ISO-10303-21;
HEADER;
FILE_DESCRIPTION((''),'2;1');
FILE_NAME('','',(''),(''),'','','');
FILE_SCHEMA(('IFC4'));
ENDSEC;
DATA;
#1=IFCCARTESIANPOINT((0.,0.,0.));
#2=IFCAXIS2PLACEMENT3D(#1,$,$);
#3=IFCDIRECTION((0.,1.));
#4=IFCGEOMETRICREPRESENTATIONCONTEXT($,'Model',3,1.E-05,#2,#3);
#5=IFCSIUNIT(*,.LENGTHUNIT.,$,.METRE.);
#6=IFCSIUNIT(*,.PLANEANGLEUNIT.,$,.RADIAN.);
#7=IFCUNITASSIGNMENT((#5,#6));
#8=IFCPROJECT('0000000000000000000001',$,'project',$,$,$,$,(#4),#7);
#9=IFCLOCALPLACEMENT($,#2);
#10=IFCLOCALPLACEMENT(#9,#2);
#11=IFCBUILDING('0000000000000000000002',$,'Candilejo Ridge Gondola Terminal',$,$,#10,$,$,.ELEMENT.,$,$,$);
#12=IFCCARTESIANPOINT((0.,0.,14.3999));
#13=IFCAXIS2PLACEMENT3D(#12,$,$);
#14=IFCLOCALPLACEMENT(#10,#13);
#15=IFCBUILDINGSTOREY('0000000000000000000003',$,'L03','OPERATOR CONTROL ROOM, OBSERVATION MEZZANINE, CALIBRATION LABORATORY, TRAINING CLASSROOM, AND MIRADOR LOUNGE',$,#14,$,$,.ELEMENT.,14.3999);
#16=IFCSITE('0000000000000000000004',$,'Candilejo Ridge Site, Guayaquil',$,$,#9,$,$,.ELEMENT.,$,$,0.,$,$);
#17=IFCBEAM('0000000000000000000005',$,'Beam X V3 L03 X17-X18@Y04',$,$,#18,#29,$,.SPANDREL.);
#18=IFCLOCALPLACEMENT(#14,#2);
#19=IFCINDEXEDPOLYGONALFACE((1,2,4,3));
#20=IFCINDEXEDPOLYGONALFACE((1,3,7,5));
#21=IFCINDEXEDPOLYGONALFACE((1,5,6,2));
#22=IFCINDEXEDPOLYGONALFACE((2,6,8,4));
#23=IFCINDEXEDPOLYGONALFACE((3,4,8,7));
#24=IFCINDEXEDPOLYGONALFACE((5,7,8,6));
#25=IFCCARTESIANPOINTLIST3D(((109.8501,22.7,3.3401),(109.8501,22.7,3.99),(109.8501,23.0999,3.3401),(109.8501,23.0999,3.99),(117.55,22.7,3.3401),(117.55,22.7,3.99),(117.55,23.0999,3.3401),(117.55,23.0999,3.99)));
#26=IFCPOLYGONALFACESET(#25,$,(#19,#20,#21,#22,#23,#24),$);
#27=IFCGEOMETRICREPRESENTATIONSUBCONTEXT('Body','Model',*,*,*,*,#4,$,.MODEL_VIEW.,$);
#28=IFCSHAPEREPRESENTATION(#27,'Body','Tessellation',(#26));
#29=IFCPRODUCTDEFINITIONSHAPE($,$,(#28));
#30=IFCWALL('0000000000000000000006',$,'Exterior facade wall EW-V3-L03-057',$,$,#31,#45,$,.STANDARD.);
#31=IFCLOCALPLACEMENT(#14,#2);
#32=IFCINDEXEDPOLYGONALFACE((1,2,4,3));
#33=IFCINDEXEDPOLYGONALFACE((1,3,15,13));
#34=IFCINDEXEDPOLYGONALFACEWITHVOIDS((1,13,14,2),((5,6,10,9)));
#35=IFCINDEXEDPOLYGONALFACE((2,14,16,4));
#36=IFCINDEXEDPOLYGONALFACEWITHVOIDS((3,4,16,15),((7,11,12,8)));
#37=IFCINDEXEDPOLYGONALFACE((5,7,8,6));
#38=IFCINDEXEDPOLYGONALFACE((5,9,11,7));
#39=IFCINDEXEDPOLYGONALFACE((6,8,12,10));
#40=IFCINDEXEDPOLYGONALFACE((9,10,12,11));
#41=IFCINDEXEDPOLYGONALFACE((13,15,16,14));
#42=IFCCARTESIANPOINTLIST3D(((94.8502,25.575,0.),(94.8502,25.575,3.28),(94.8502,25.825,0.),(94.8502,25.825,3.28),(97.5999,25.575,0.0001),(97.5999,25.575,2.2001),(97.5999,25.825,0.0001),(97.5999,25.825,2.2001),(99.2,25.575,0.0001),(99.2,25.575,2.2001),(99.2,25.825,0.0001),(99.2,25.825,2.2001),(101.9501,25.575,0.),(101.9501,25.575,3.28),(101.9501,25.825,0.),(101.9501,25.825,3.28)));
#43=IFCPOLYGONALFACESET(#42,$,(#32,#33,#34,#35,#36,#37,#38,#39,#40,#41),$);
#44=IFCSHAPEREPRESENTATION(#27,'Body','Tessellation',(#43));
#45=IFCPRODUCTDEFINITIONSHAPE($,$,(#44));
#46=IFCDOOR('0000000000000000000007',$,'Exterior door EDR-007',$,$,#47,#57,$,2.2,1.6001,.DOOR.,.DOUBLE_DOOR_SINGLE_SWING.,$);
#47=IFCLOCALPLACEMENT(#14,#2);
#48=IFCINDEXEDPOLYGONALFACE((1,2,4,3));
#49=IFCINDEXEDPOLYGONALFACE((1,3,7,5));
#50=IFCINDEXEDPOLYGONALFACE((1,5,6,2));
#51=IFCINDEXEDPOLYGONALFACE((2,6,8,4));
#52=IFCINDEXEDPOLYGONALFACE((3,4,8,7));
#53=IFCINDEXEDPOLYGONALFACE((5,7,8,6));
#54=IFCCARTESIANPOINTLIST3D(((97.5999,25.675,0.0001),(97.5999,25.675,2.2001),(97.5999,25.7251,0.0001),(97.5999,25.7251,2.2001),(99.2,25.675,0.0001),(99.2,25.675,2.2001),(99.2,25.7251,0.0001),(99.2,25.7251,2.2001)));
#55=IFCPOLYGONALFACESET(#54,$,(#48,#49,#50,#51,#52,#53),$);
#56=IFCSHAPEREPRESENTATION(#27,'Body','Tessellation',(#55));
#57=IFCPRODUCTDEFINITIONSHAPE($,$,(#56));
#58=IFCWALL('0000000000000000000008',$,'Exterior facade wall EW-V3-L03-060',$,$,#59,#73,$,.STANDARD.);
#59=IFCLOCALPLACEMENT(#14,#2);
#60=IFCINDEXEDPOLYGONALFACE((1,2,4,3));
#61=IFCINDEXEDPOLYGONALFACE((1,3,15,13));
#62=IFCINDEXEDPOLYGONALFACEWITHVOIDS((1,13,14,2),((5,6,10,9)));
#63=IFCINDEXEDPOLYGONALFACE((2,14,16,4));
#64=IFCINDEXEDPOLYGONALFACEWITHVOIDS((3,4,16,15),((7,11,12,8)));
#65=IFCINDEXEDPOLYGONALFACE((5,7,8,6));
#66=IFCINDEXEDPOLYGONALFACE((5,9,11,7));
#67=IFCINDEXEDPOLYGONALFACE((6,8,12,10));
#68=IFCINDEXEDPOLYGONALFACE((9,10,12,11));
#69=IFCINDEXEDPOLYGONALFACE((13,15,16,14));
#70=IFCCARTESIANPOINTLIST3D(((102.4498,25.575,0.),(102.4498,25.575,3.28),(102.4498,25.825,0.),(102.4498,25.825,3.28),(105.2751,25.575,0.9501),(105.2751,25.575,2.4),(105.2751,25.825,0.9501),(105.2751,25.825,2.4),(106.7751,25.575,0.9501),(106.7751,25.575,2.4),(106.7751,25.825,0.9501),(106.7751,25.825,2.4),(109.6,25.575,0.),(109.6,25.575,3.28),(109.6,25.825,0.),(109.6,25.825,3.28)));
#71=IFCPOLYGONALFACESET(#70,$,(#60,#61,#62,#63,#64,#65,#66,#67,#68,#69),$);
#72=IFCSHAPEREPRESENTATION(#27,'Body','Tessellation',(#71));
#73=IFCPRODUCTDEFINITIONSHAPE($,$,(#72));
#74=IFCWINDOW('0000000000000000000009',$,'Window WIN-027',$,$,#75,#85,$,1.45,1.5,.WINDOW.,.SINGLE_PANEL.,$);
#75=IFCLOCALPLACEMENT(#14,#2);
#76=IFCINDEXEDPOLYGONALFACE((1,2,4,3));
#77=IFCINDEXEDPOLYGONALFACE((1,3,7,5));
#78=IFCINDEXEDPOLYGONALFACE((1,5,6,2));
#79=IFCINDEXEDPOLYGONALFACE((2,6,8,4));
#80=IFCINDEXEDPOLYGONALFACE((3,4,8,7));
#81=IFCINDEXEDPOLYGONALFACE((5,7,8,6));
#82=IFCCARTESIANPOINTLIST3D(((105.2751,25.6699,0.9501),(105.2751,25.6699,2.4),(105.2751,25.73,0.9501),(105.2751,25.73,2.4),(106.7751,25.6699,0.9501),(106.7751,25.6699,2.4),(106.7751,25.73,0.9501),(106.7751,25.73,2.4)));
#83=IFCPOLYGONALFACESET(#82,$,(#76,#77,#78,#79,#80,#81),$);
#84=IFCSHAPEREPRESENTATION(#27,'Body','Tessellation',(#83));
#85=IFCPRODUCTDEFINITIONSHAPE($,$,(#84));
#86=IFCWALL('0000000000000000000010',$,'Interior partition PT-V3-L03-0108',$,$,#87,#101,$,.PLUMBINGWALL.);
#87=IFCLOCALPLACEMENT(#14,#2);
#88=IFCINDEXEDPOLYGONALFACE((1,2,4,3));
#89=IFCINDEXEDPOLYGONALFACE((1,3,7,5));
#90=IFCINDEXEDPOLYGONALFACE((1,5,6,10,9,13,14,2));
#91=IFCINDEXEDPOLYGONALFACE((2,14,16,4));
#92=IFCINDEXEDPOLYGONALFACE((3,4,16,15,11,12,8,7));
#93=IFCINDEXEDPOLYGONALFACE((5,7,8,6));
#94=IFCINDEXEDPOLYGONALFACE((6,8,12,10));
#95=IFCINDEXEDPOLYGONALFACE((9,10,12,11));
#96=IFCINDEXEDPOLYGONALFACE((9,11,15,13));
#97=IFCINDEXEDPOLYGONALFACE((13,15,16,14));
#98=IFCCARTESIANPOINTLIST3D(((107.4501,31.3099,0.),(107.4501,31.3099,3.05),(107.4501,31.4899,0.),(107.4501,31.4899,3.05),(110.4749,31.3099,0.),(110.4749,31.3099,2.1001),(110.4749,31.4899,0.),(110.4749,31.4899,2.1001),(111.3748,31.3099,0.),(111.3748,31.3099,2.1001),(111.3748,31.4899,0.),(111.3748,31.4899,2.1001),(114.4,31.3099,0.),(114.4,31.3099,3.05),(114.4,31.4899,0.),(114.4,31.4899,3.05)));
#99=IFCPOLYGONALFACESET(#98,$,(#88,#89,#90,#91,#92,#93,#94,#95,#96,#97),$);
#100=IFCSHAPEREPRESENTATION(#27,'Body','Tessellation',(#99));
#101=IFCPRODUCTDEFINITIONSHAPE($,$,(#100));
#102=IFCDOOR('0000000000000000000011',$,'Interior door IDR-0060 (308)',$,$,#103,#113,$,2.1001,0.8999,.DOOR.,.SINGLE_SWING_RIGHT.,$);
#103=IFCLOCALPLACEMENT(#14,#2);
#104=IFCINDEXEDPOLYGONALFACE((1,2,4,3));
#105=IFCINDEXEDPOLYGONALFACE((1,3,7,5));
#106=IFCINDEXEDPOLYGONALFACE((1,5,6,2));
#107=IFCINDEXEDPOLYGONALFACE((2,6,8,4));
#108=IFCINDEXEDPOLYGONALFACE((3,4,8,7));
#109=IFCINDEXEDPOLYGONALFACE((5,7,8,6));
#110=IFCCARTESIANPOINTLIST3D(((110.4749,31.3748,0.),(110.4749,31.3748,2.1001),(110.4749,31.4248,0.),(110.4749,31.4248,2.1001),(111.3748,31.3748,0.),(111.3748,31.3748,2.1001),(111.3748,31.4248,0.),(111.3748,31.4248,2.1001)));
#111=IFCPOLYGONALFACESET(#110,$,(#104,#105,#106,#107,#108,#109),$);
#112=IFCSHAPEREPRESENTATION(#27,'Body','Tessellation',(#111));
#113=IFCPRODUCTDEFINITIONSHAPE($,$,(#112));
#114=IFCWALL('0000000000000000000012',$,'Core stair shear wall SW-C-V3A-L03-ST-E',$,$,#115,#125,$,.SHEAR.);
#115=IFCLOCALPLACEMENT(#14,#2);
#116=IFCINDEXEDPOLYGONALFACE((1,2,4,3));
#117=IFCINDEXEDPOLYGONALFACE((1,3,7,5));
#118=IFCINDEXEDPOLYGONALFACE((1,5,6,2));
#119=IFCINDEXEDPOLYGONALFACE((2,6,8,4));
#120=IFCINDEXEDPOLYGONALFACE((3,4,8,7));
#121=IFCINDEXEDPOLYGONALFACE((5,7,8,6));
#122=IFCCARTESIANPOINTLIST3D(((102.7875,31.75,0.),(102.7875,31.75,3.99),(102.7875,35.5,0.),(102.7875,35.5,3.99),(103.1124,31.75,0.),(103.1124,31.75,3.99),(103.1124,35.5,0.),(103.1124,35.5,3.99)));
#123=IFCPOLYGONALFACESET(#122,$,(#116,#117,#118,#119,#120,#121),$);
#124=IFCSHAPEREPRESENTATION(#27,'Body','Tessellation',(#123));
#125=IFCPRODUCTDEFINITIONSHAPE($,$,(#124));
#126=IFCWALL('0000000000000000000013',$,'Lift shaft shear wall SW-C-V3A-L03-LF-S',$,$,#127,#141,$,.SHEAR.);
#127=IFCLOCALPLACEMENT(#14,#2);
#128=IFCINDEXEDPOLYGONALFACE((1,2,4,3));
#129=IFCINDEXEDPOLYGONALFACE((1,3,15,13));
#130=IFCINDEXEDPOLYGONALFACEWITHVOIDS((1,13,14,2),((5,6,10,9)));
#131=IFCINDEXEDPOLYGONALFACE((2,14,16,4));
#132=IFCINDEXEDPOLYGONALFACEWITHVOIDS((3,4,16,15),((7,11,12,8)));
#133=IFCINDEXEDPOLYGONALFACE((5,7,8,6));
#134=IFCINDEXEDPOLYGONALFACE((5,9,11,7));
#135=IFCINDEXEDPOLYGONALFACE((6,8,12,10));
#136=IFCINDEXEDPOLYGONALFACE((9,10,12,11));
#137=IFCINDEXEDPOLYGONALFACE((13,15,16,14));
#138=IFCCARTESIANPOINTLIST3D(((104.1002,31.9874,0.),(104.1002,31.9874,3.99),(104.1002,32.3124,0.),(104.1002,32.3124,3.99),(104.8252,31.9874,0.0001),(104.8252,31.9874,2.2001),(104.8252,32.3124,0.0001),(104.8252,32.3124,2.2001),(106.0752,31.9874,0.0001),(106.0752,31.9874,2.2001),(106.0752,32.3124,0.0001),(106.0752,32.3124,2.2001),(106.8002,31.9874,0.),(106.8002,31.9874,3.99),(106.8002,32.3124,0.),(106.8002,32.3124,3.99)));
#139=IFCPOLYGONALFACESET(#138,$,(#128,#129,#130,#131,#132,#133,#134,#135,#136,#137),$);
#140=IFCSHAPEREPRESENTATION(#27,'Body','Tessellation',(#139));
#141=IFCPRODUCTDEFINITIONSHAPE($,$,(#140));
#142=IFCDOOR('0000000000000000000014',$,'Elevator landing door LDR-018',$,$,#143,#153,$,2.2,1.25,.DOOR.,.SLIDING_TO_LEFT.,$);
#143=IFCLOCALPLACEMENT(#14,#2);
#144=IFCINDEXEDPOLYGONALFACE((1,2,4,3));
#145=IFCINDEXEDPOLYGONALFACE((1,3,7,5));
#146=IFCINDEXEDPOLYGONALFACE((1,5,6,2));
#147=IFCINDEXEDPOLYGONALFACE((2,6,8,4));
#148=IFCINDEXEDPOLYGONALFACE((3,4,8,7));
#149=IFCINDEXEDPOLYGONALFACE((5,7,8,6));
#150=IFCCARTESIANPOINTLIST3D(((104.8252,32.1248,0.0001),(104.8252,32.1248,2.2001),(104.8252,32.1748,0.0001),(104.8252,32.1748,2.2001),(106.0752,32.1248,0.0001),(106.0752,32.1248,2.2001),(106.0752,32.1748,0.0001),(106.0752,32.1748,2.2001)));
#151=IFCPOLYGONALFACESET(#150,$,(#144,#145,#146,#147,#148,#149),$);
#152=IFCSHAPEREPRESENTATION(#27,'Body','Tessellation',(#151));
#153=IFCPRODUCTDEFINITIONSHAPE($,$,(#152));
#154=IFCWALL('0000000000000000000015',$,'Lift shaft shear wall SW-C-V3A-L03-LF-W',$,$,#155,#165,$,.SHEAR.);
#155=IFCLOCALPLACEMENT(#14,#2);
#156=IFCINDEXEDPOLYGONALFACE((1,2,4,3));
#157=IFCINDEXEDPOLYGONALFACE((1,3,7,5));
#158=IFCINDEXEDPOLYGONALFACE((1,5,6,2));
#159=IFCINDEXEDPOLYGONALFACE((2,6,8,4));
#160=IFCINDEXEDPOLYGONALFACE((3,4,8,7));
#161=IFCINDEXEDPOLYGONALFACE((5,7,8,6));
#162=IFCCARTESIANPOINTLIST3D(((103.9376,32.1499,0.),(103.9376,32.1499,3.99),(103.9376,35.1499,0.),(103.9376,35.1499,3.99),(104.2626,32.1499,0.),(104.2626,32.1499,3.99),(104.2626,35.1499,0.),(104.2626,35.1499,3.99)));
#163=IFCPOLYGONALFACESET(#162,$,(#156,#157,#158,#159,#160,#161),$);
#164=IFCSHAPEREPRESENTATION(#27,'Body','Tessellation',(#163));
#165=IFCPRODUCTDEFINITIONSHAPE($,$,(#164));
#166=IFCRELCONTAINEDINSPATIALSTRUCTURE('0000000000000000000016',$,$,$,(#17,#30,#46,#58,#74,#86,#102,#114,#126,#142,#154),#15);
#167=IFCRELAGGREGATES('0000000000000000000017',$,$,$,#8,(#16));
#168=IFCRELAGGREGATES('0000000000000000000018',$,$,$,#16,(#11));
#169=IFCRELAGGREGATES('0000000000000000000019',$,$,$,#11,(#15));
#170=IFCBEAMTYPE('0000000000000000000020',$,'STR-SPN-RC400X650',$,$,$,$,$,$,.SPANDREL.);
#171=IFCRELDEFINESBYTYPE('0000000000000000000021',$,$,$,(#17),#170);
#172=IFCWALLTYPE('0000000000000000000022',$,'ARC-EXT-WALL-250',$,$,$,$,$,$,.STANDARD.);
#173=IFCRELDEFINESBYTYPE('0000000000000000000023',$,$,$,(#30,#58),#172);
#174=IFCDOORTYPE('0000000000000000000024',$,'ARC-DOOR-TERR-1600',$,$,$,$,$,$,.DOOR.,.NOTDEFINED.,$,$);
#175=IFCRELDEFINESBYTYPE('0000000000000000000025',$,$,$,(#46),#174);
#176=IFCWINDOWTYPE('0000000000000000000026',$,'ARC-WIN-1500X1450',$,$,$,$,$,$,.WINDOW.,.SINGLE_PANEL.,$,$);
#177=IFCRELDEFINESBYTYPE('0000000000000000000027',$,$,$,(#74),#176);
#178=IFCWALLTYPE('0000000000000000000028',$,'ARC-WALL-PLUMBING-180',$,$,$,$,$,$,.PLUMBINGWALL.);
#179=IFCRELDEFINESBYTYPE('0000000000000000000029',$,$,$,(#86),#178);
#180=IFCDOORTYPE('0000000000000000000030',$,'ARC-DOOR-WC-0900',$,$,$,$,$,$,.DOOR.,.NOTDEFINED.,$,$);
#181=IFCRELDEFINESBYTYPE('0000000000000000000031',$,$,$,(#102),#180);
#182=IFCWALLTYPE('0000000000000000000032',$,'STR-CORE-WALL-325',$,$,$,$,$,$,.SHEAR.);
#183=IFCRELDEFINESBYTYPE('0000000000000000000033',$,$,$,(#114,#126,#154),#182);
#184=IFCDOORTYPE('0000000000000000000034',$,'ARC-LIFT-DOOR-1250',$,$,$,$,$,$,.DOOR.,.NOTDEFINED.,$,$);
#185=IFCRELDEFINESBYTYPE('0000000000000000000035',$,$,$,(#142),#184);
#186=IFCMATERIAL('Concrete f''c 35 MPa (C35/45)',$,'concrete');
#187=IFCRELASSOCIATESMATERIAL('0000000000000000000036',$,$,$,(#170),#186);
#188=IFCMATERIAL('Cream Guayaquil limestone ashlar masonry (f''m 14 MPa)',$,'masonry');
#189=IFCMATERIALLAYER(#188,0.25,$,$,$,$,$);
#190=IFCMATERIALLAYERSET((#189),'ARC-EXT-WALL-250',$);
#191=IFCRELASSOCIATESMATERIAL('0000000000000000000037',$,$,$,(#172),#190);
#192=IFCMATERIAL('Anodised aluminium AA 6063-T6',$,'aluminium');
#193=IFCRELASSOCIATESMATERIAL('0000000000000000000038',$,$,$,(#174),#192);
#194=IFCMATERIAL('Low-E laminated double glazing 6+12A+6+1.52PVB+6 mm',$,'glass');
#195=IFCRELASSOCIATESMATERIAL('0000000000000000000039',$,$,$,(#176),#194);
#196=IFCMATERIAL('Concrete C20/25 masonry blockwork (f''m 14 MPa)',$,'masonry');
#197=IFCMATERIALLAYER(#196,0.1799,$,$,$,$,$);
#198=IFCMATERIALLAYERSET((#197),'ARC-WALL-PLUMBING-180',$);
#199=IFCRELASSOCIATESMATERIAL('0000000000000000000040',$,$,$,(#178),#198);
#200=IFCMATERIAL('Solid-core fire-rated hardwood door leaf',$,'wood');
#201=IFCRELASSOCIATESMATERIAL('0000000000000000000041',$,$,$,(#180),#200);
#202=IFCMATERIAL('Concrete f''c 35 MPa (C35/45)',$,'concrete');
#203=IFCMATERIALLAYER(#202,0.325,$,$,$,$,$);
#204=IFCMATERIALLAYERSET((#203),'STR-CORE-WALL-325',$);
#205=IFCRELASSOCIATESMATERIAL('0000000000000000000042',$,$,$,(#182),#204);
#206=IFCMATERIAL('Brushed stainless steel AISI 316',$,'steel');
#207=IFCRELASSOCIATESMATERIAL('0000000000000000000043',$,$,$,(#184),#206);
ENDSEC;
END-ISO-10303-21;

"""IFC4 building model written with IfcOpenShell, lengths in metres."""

from ifc_helpers import new_model, si_unit, direction, frame, frame_2d, origin, origin_2d, place, context, subcontext, project, spatial, rectangle, extrude, material, layer, layer_set, material_profile, profile_set, type_object, element, fill, save


model = new_model("IFC4")

# Units and contexts
model_context = context("Model", 3, precision=1e-05, world=origin(), true_north=direction((0.0, 1.0)))
body_context = subcontext(model_context, "Body", "Model", "MODEL_VIEW")
ifc_project = project(units=[si_unit("LENGTHUNIT", "METRE"), si_unit("PLANEANGLEUNIT", "RADIAN")], contexts=[model_context])

# Site, building, storey
site_placement = place(None, origin())
site = spatial("IfcSite", under=ifc_project, at=site_placement, Name="Candilejo Ridge Site, Guayaquil", CompositionType="ELEMENT", RefElevation=0.0)
building_placement = place(site_placement, origin())
building = spatial("IfcBuilding", under=site, at=building_placement, Name="Candilejo Ridge Gondola Terminal", CompositionType="ELEMENT")
storey_placement = place(building_placement, frame((0.0, 0.0, 14.3999)))
storey = spatial("IfcBuildingStorey", under=building, at=storey_placement, Name="L03", Description="OPERATOR CONTROL ROOM, OBSERVATION MEZZANINE, CALIBRATION LABORATORY, TRAINING CLASSROOM, AND MIRADOR LOUNGE", CompositionType="ELEMENT", Elevation=14.3999)

# Beam
ifc_material_1 = material(Name="Concrete f'c 35 MPa (C35/45)", Category="concrete")
ifc_material_profile_1 = material_profile(ifc_material_1, rectangle(XDim=0.3999, YDim=0.6499, at=origin_2d()))
ifc_profile_set_1 = profile_set([ifc_material_profile_1], Name="Concrete f'c 35 MPa (C35/45)")
beam_type_1 = type_object("IfcBeamType", Name="STR-SPN-RC400X650", PredefinedType="SPANDREL", material=ifc_profile_set_1)
beam_1_placement = place(storey_placement, frame((109.8501, 22.8999, 3.665), z_axis=(1.0, 0.0, 0.0), x_axis=(0.0, 1.0, 0.0)))
element("IfcBeam", 1, at=beam_1_placement, inside=storey, type_object=beam_type_1, Name="Beam X V3 L03 X17-X18@Y04", PredefinedType="SPANDREL", context=body_context, shape_type="SweptSolid", body=[
    extrude(rectangle(XDim=0.3999, YDim=0.6499, at=origin_2d()), origin(), (0.0, 0.0, 1.0), 7.7),
])

# Wall, opening, door
ifc_material_2 = material(Name="Cream Guayaquil limestone ashlar masonry (f'm 14 MPa)", Category="masonry")
ifc_layer_1 = layer(ifc_material_2, 0.25)
ifc_layer_set_1 = layer_set([ifc_layer_1], Name="ARC-EXT-WALL-250")
wall_type_1 = type_object("IfcWallType", Name="ARC-EXT-WALL-250", PredefinedType="STANDARD", material=ifc_layer_set_1)
wall_1_placement = place(storey_placement, frame((101.95, 25.7, 0.0), z_axis=(0.0, 0.0, 1.0), x_axis=(-1.0, 0.0, 0.0)))
wall_1 = element("IfcWall", 2, at=wall_1_placement, inside=storey, type_object=wall_type_1, Name="Exterior facade wall EW-V3-L03-057", PredefinedType="STANDARD", context=body_context, shape_type="SweptSolid", body=[
    extrude(rectangle(XDim=7.0999, YDim=0.25, at=frame_2d((3.5498, 0.0))), origin(), (0.0, 0.0, 1.0), 3.28),
])
opening_1_placement = place(wall_1_placement, frame((2.75, 0.0, 0.0)))
opening_1 = element("IfcOpeningElement", 3, at=opening_1_placement, cuts=wall_1, PredefinedType="OPENING", context=body_context, shape_type="SweptSolid", body=[
    extrude(rectangle(XDim=1.6001, YDim=2.2, at=frame_2d((0.8, 1.1001))), frame((0.0, 0.135, 0.0), z_axis=(0.0, -1.0, 0.0), x_axis=(1.0, 0.0, 0.0)), (0.0, 0.0, 1.0), 0.27),
])
ifc_material_3 = material(Name="Anodised aluminium AA 6063-T6", Category="aluminium")
door_type_1 = type_object("IfcDoorType", Name="ARC-DOOR-TERR-1600", OperationType="NOTDEFINED", PredefinedType="DOOR", material=ifc_material_3)
door_1_placement = place(opening_1_placement, origin())
door_1 = element("IfcDoor", 4, at=door_1_placement, inside=storey, type_object=door_type_1, Name="Exterior door EDR-007", OperationType="DOUBLE_DOOR_SINGLE_SWING", OverallHeight=2.2, OverallWidth=1.6001, PredefinedType="DOOR", context=body_context, shape_type="SweptSolid", body=[
    extrude(rectangle(XDim=1.6001, YDim=2.2, at=frame_2d((0.8, 1.1001))), frame((0.0, 0.0249, 0.0), z_axis=(0.0, -1.0, 0.0), x_axis=(1.0, 0.0, 0.0)), (0.0, 0.0, 1.0), 0.05),
])
fill(opening_1, door_1)

# Wall, opening, window
wall_2_placement = place(storey_placement, frame((109.6001, 25.7, 0.0), z_axis=(0.0, 0.0, 1.0), x_axis=(-1.0, 0.0, 0.0)))
wall_2 = element("IfcWall", 5, at=wall_2_placement, inside=storey, type_object=wall_type_1, Name="Exterior facade wall EW-V3-L03-060", PredefinedType="STANDARD", context=body_context, shape_type="SweptSolid", body=[
    extrude(rectangle(XDim=7.1501, YDim=0.25, at=frame_2d((3.5752, 0.0))), origin(), (0.0, 0.0, 1.0), 3.28),
])
opening_2_placement = place(wall_2_placement, frame((2.825, 0.0, 0.95)))
opening_2 = element("IfcOpeningElement", 6, at=opening_2_placement, cuts=wall_2, PredefinedType="OPENING", context=body_context, shape_type="SweptSolid", body=[
    extrude(rectangle(XDim=1.5, YDim=1.45, at=frame_2d((0.75, 0.7251))), frame((0.0, 0.135, 0.0), z_axis=(0.0, -1.0, 0.0), x_axis=(1.0, 0.0, 0.0)), (0.0, 0.0, 1.0), 0.27),
])
ifc_material_4 = material(Name="Low-E laminated double glazing 6+12A+6+1.52PVB+6 mm", Category="glass")
window_type = type_object("IfcWindowType", Name="ARC-WIN-1500X1450", PartitioningType="SINGLE_PANEL", PredefinedType="WINDOW", material=ifc_material_4)
window_placement = place(opening_2_placement, origin())
window = element("IfcWindow", 7, at=window_placement, inside=storey, type_object=window_type, Name="Window WIN-027", OverallHeight=1.45, OverallWidth=1.5, PartitioningType="SINGLE_PANEL", PredefinedType="WINDOW", context=body_context, shape_type="SweptSolid", body=[
    extrude(rectangle(XDim=1.5, YDim=1.45, at=frame_2d((0.75, 0.7251))), frame((0.0, 0.03, 0.0), z_axis=(0.0, -1.0, 0.0), x_axis=(1.0, 0.0, 0.0)), (0.0, 0.0, 1.0), 0.0601),
])
fill(opening_2, window)

# Wall, opening, door
ifc_material_5 = material(Name="Concrete C20/25 masonry blockwork (f'm 14 MPa)", Category="masonry")
ifc_layer_2 = layer(ifc_material_5, 0.1799)
ifc_layer_set_2 = layer_set([ifc_layer_2], Name="ARC-WALL-PLUMBING-180")
wall_type_2 = type_object("IfcWallType", Name="ARC-WALL-PLUMBING-180", PredefinedType="PLUMBINGWALL", material=ifc_layer_set_2)
wall_3_placement = place(storey_placement, frame((107.45, 31.3999, 0.0), z_axis=(0.0, 0.0, 1.0), x_axis=(1.0, 0.0, 0.0)))
wall_3 = element("IfcWall", 8, at=wall_3_placement, inside=storey, type_object=wall_type_2, Name="Interior partition PT-V3-L03-0108", PredefinedType="PLUMBINGWALL", context=body_context, shape_type="SweptSolid", body=[
    extrude(rectangle(XDim=6.95, YDim=0.1799, at=frame_2d((3.4751, 0.0))), origin(), (0.0, 0.0, 1.0), 3.05),
])
opening_3_placement = place(wall_3_placement, frame((3.0249, 0.0, 0.0)))
opening_3 = element("IfcOpeningElement", 9, at=opening_3_placement, cuts=wall_3, PredefinedType="OPENING", context=body_context, shape_type="SweptSolid", body=[
    extrude(rectangle(XDim=0.8999, YDim=2.1001, at=frame_2d((0.45, 1.05))), frame((0.0, 0.0999, 0.0), z_axis=(0.0, -1.0, 0.0), x_axis=(1.0, 0.0, 0.0)), (0.0, 0.0, 1.0), 0.2),
])
ifc_material_6 = material(Name="Solid-core fire-rated hardwood door leaf", Category="wood")
door_type_2 = type_object("IfcDoorType", Name="ARC-DOOR-WC-0900", OperationType="NOTDEFINED", PredefinedType="DOOR", material=ifc_material_6)
door_2_placement = place(opening_3_placement, origin())
door_2 = element("IfcDoor", 10, at=door_2_placement, inside=storey, type_object=door_type_2, Name="Interior door IDR-0060 (308)", OperationType="SINGLE_SWING_RIGHT", OverallHeight=2.1001, OverallWidth=0.8999, PredefinedType="DOOR", context=body_context, shape_type="SweptSolid", body=[
    extrude(rectangle(XDim=0.8999, YDim=2.1001, at=frame_2d((0.45, 1.05))), frame((0.0, 0.0249, 0.0), z_axis=(0.0, -1.0, 0.0), x_axis=(1.0, 0.0, 0.0)), (0.0, 0.0, 1.0), 0.05),
])
fill(opening_3, door_2)

# Wall
ifc_material_7 = material(Name="Concrete f'c 35 MPa (C35/45)", Category="concrete")
ifc_layer_3 = layer(ifc_material_7, 0.325)
ifc_layer_set_3 = layer_set([ifc_layer_3], Name="STR-CORE-WALL-325")
wall_type_3 = type_object("IfcWallType", Name="STR-CORE-WALL-325", PredefinedType="SHEAR", material=ifc_layer_set_3)
wall_4_placement = place(storey_placement, frame((102.95, 31.75, 0.0), z_axis=(0.0, 0.0, 1.0), x_axis=(0.0, 1.0, 0.0)))
element("IfcWall", 11, at=wall_4_placement, inside=storey, type_object=wall_type_3, Name="Core stair shear wall SW-C-V3A-L03-ST-E", PredefinedType="SHEAR", context=body_context, shape_type="SweptSolid", body=[
    extrude(rectangle(XDim=3.75, YDim=0.325, at=frame_2d((1.875, 0.0))), origin(), (0.0, 0.0, 1.0), 3.99),
])

# Wall, opening, door
wall_5_placement = place(storey_placement, frame((104.1001, 32.1499, 0.0), z_axis=(0.0, 0.0, 1.0), x_axis=(1.0, 0.0, 0.0)))
wall_5 = element("IfcWall", 12, at=wall_5_placement, inside=storey, type_object=wall_type_3, Name="Lift shaft shear wall SW-C-V3A-L03-LF-S", PredefinedType="SHEAR", context=body_context, shape_type="SweptSolid", body=[
    extrude(rectangle(XDim=2.7, YDim=0.325, at=frame_2d((1.3501, 0.0))), origin(), (0.0, 0.0, 1.0), 3.99),
])
opening_4_placement = place(wall_5_placement, frame((0.7251, 0.0, 0.0)))
opening_4 = element("IfcOpeningElement", 13, at=opening_4_placement, cuts=wall_5, PredefinedType="OPENING", context=body_context, shape_type="SweptSolid", body=[
    extrude(rectangle(XDim=1.25, YDim=2.2, at=frame_2d((0.625, 1.1001))), frame((0.0, 0.1724, 0.0), z_axis=(0.0, -1.0, 0.0), x_axis=(1.0, 0.0, 0.0)), (0.0, 0.0, 1.0), 0.345),
])
ifc_material_8 = material(Name="Brushed stainless steel AISI 316", Category="steel")
door_type_3 = type_object("IfcDoorType", Name="ARC-LIFT-DOOR-1250", OperationType="NOTDEFINED", PredefinedType="DOOR", material=ifc_material_8)
door_3_placement = place(opening_4_placement, origin())
door_3 = element("IfcDoor", 14, at=door_3_placement, inside=storey, type_object=door_type_3, Name="Elevator landing door LDR-018", OperationType="SLIDING_TO_LEFT", OverallHeight=2.2, OverallWidth=1.25, PredefinedType="DOOR", context=body_context, shape_type="SweptSolid", body=[
    extrude(rectangle(XDim=1.25, YDim=2.2, at=frame_2d((0.625, 1.1001))), frame((0.0, 0.0249, 0.0), z_axis=(0.0, -1.0, 0.0), x_axis=(1.0, 0.0, 0.0)), (0.0, 0.0, 1.0), 0.05),
])
fill(opening_4, door_3)

# Wall
for number, where, z_axis, x_axis, name in (
    (15, (104.1001, 32.1499, 0.0), (0.0, 0.0, 1.0), (0.0, 1.0, 0.0), "Lift shaft shear wall SW-C-V3A-L03-LF-W"),
):
    element("IfcWall", number, at=place(storey_placement, frame(where, z_axis=z_axis, x_axis=x_axis)), inside=storey, type_object=wall_type_3, Name=name, PredefinedType="SHEAR", context=body_context, shape_type="SweptSolid", body=[
        extrude(rectangle(XDim=3.0, YDim=0.325, at=frame_2d((1.5, 0.0))), origin(), (0.0, 0.0, 1.0), 3.99),
    ])

save(model, "model.ifc")
